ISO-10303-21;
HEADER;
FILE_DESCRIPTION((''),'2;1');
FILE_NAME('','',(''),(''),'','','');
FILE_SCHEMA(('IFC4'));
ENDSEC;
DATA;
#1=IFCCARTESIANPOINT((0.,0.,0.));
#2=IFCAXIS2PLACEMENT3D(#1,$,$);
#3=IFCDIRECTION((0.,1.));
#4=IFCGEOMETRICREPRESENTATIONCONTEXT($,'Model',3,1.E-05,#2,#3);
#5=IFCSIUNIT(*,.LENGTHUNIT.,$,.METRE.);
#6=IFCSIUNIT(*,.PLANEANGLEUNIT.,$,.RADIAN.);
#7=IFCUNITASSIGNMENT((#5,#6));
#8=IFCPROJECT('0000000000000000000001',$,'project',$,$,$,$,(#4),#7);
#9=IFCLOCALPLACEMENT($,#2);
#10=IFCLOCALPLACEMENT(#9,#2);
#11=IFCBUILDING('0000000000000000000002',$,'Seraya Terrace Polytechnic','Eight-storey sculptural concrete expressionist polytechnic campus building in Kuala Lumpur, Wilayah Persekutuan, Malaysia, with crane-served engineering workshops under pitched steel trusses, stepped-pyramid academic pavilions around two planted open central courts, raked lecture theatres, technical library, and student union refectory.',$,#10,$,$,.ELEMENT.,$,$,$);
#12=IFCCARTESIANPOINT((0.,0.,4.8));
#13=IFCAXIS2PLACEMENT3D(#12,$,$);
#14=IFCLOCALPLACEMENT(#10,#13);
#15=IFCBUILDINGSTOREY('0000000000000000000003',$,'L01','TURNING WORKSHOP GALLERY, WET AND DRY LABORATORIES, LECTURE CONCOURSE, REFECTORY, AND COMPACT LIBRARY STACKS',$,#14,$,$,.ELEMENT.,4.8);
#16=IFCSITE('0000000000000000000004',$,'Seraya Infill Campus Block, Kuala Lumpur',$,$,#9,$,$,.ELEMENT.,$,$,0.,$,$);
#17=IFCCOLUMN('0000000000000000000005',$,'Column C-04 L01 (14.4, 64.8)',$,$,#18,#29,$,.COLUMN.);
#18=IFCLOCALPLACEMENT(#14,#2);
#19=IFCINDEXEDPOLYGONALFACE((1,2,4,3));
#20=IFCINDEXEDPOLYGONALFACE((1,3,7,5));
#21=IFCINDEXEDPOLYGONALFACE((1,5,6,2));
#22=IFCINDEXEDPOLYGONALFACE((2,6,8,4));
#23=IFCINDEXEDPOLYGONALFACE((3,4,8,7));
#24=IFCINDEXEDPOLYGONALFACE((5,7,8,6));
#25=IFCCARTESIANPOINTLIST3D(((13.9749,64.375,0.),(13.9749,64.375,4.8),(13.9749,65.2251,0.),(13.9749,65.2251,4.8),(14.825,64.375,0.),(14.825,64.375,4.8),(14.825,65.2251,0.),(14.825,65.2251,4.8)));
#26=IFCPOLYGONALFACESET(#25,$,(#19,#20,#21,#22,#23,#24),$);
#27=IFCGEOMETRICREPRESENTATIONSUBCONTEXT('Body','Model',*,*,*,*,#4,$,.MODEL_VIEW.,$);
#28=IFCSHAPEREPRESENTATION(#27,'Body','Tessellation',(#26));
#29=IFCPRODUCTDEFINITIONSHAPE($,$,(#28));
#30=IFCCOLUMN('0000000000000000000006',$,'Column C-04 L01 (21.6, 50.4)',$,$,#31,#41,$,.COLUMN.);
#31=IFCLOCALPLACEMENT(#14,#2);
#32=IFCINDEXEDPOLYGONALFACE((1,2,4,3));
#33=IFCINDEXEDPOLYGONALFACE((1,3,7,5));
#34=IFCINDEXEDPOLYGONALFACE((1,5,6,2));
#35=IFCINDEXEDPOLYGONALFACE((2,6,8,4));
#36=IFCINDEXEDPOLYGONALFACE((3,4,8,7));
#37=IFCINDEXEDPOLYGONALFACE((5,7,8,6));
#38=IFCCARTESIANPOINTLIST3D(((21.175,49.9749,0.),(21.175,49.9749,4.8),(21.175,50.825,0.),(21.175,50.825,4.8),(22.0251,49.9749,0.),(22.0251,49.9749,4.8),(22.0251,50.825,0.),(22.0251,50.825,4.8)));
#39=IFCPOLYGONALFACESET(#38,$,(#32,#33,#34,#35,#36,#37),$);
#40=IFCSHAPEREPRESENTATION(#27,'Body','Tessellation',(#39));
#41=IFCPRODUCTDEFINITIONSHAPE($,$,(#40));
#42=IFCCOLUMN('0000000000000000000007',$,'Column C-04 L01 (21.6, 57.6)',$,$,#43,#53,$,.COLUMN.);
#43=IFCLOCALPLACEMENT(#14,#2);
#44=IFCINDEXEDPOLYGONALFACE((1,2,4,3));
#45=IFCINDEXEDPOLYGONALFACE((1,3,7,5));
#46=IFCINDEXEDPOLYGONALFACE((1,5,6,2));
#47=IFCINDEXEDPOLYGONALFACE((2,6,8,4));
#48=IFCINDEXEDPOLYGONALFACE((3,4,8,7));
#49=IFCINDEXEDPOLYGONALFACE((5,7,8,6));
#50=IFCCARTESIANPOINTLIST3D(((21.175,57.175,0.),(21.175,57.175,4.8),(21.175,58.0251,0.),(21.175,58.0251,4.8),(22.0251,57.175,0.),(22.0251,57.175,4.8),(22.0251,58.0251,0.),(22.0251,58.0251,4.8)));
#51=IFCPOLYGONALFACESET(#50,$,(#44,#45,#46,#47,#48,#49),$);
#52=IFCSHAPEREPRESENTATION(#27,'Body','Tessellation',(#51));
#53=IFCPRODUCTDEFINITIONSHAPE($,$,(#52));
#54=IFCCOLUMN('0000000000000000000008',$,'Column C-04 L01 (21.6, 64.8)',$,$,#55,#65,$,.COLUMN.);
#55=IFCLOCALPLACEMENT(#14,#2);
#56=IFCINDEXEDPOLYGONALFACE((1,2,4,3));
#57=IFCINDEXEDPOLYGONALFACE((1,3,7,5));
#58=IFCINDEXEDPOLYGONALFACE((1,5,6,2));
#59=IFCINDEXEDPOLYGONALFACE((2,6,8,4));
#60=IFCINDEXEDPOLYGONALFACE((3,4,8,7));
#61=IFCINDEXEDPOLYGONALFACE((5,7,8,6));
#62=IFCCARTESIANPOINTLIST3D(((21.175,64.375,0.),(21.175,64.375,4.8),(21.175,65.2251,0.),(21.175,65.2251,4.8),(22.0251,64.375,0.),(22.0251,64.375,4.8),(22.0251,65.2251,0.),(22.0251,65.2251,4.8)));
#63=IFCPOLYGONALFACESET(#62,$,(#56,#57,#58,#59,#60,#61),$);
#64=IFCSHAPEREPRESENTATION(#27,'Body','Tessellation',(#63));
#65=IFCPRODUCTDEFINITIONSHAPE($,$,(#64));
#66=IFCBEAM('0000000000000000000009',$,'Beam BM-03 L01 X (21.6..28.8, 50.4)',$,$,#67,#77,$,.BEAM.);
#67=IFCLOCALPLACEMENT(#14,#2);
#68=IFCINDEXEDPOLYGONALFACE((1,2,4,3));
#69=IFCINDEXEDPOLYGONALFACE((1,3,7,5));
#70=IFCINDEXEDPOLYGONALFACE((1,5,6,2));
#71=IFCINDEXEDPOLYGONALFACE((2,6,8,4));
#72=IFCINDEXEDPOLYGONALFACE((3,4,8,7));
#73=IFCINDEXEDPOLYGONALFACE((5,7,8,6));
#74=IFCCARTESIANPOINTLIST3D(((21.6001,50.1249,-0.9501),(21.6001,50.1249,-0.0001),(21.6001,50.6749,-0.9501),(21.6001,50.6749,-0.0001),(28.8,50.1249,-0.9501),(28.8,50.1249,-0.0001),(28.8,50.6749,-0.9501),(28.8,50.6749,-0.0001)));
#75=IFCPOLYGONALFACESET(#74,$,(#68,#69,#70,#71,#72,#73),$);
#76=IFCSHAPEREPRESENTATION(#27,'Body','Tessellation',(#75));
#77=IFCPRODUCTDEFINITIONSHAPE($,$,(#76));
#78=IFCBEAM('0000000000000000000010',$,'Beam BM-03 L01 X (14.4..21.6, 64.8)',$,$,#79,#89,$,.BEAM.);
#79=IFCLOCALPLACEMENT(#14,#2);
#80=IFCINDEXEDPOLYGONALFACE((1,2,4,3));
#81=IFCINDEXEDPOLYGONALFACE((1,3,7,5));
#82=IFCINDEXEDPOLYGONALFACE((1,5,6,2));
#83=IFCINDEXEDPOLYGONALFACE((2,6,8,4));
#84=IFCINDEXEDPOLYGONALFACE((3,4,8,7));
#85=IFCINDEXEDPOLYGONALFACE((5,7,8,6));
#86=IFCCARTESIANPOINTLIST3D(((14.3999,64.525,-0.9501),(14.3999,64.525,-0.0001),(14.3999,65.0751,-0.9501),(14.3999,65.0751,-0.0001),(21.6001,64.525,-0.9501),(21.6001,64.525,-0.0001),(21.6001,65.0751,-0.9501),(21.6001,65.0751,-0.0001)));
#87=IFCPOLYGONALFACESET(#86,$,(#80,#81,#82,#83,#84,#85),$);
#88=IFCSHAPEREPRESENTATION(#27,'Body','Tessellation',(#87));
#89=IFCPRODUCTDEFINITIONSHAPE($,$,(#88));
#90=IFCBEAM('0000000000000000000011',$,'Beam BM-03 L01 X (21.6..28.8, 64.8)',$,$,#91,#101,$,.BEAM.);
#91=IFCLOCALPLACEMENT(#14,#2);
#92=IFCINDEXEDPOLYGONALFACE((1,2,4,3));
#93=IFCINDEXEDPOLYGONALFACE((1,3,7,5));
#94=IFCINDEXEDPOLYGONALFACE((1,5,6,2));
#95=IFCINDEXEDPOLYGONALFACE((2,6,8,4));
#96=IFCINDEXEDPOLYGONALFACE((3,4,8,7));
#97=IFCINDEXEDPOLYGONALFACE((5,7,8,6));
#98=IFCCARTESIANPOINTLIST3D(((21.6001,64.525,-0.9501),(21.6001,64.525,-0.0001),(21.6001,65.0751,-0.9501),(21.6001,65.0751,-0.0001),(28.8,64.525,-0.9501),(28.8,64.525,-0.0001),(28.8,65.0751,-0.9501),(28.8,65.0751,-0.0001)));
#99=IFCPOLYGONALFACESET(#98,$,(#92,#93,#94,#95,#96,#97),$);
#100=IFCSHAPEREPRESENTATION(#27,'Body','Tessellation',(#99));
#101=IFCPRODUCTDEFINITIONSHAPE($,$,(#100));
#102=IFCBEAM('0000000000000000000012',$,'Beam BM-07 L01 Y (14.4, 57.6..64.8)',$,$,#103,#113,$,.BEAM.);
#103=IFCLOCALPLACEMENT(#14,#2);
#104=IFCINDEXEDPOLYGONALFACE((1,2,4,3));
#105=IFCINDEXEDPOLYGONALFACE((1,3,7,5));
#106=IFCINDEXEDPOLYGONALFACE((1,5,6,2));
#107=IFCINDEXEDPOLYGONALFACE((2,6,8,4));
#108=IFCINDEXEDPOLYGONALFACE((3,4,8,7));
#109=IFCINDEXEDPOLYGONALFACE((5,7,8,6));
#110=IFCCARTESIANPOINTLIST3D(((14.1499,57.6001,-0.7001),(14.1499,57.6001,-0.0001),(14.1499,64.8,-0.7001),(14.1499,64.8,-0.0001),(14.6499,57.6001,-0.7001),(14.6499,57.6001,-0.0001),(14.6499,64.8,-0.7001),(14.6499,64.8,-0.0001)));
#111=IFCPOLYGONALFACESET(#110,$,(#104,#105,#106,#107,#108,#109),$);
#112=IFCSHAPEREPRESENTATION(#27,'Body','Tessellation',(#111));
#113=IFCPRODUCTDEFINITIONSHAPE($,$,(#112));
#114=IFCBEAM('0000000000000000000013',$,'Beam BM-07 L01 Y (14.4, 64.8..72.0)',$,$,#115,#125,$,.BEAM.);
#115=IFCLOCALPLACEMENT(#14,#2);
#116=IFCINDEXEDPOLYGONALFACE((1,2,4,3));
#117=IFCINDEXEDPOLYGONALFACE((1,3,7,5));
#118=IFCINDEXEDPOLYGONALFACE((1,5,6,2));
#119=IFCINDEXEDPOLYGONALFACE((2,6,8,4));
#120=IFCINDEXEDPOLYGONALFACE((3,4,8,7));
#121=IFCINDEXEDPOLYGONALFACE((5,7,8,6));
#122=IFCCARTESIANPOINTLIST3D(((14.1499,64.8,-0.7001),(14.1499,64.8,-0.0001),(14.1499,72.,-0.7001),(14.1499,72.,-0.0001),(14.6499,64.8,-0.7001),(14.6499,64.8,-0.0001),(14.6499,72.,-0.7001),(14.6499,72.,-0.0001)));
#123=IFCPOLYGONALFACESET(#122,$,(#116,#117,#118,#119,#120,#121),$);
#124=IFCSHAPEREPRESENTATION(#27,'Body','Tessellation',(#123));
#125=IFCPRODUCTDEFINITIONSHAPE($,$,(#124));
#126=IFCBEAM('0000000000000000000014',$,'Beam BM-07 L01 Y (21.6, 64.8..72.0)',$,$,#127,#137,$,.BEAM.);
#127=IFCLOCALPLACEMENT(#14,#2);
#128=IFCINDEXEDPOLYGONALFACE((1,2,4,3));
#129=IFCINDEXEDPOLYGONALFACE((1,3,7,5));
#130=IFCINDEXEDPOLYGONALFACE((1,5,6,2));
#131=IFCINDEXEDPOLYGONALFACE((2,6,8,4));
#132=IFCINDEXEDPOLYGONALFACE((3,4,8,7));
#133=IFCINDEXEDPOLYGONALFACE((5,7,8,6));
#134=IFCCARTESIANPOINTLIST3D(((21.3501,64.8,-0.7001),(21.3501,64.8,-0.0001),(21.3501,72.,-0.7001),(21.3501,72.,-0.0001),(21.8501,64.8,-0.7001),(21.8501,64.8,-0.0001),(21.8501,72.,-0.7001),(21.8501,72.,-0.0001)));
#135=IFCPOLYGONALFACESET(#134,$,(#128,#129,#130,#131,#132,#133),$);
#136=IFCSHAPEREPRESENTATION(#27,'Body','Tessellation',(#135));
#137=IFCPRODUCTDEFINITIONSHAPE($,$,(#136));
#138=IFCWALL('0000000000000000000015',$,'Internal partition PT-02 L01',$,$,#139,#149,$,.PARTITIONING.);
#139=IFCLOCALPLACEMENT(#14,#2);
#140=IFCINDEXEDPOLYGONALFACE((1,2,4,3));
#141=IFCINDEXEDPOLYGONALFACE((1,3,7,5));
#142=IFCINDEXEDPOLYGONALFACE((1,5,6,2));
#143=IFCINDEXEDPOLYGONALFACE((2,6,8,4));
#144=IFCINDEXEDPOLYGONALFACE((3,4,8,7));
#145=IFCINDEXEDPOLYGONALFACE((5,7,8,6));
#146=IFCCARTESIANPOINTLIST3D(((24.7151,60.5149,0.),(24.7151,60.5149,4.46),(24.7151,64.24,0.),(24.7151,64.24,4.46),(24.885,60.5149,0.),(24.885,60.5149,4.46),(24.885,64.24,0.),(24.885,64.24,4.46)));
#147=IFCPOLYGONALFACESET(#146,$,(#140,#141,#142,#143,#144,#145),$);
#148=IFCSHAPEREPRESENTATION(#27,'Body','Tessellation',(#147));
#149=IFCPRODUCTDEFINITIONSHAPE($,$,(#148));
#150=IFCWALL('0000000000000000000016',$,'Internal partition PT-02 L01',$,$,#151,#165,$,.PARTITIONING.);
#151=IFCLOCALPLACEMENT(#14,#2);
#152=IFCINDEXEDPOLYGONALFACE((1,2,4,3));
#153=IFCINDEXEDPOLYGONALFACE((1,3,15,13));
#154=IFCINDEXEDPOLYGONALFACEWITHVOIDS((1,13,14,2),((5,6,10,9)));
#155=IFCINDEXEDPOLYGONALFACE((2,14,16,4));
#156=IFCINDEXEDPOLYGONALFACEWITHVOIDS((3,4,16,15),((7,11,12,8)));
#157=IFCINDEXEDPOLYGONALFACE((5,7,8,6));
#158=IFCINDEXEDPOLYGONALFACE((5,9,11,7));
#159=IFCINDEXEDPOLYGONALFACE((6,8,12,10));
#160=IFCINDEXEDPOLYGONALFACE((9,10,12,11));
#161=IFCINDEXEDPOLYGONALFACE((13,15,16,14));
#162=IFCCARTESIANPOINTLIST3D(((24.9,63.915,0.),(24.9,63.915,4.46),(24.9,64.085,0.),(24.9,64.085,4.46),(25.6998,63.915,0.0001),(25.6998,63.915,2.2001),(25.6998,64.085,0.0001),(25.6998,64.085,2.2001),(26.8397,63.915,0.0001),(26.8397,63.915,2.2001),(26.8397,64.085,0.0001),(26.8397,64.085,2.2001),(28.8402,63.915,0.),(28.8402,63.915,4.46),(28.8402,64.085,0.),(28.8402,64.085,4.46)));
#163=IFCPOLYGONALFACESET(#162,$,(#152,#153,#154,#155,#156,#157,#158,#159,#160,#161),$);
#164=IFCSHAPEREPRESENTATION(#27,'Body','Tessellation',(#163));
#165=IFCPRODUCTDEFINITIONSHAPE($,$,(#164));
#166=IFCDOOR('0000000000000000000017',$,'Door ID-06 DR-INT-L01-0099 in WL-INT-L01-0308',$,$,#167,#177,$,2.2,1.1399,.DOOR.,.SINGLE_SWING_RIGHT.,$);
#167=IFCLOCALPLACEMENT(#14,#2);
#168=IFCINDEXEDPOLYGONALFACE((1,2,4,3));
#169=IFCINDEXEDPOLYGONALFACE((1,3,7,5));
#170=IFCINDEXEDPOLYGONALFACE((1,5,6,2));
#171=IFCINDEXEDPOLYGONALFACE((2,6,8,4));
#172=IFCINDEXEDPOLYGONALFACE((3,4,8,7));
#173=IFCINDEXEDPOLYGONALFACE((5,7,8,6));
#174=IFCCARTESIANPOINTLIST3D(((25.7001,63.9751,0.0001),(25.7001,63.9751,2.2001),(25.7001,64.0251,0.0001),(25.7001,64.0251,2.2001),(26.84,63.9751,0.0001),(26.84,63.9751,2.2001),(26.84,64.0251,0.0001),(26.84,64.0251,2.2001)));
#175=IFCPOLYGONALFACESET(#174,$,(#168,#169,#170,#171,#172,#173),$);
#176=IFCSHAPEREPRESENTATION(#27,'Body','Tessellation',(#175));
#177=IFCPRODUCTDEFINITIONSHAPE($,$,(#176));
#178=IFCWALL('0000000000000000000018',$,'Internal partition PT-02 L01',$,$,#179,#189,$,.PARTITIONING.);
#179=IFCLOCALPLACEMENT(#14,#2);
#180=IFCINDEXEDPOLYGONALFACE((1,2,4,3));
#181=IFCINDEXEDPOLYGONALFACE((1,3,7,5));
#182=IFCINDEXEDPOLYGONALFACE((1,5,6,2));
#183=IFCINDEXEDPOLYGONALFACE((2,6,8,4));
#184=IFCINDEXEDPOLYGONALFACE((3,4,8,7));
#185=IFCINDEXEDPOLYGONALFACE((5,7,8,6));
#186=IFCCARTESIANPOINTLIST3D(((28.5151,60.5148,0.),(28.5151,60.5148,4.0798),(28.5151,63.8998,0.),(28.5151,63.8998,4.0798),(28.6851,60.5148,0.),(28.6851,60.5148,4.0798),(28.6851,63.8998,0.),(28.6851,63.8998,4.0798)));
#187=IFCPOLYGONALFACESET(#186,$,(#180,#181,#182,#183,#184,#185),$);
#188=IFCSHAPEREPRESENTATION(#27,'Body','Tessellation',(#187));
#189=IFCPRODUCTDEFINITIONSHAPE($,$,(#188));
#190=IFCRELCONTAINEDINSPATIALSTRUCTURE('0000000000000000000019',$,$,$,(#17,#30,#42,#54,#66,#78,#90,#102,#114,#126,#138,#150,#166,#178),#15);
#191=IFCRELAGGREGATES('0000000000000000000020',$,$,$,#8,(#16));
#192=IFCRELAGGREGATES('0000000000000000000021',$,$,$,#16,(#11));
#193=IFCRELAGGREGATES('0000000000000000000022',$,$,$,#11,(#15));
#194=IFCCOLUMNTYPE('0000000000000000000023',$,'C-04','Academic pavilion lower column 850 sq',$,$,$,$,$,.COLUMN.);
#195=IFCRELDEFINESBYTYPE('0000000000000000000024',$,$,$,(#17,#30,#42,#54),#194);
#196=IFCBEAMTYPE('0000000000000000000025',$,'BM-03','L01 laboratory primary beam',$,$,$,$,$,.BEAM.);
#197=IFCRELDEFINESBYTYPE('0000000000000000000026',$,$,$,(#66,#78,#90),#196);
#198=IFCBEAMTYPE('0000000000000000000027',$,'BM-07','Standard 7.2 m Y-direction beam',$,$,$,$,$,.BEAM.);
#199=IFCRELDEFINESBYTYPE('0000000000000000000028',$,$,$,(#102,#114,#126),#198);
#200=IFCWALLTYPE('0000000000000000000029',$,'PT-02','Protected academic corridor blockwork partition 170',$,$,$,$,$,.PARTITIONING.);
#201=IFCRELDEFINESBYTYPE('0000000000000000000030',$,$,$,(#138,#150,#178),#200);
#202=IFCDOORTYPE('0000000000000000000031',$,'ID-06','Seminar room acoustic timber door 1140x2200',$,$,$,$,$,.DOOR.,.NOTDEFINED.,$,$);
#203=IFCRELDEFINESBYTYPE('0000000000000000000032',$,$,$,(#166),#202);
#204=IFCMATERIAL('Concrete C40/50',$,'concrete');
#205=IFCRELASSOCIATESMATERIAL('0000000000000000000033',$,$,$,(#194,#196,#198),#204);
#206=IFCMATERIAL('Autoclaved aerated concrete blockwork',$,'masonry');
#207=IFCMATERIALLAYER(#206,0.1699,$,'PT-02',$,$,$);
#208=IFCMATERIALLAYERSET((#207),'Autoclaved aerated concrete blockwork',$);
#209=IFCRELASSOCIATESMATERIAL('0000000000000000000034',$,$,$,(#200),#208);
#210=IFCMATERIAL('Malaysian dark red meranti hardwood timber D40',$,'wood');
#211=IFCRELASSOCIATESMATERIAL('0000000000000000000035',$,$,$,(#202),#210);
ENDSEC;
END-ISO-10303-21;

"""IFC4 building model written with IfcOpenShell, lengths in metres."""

from ifc_helpers import new_model, si_unit, direction, frame, frame_2d, origin, origin_2d, place, context, subcontext, project, spatial, rectangle, extrude, material, layer, layer_set, material_profile, profile_set, type_object, element, fill, save


model = new_model("IFC4")

# Units and contexts
model_context = context("Model", 3, precision=1e-05, world=origin(), true_north=direction((0.0, 1.0)))
body_context = subcontext(model_context, "Body", "Model", "MODEL_VIEW")
ifc_project = project(units=[si_unit("LENGTHUNIT", "METRE"), si_unit("PLANEANGLEUNIT", "RADIAN")], contexts=[model_context])

# Site, building, storey
site_placement = place(None, origin())
site = spatial("IfcSite", under=ifc_project, at=site_placement, Name="Seraya Infill Campus Block, Kuala Lumpur", CompositionType="ELEMENT", RefElevation=0.0)
building_placement = place(site_placement, origin())
building = spatial("IfcBuilding", under=site, at=building_placement, Name="Seraya Terrace Polytechnic", Description="Eight-storey sculptural concrete expressionist polytechnic campus building in Kuala Lumpur, Wilayah Persekutuan, Malaysia, with crane-served engineering workshops under pitched steel trusses, stepped-pyramid academic pavilions around two planted open central courts, raked lecture theatres, technical library, and student union refectory.", CompositionType="ELEMENT")
storey_placement = place(building_placement, frame((0.0, 0.0, 4.8)))
storey = spatial("IfcBuildingStorey", under=building, at=storey_placement, Name="L01", Description="TURNING WORKSHOP GALLERY, WET AND DRY LABORATORIES, LECTURE CONCOURSE, REFECTORY, AND COMPACT LIBRARY STACKS", CompositionType="ELEMENT", Elevation=4.8)

# Columns
ifc_material_1 = material(Name="Concrete C40/50", Category="concrete")
ifc_material_profile_1 = material_profile(ifc_material_1, rectangle(XDim=0.8501, YDim=0.8501, at=origin_2d()), Name="RC 850x850")
ifc_profile_set_1 = profile_set([ifc_material_profile_1], Name="Concrete C40/50")
column_type = type_object("IfcColumnType", Name="C-04", Description="Academic pavilion lower column 850 sq", PredefinedType="COLUMN", material=ifc_profile_set_1)
for number, where, z_axis, x_axis, name in (
    (1, (14.3999, 64.8, 0.0), (0.0, 0.0, 1.0), (1.0, 0.0, 0.0), "Column C-04 L01 (14.4, 64.8)"),
    (2, (21.6001, 50.3999, 0.0), (0.0, 0.0, 1.0), (1.0, 0.0, 0.0), "Column C-04 L01 (21.6, 50.4)"),
    (3, (21.6001, 57.6001, 0.0), (0.0, 0.0, 1.0), (1.0, 0.0, 0.0), "Column C-04 L01 (21.6, 57.6)"),
    (4, (21.6001, 64.8, 0.0), (0.0, 0.0, 1.0), (1.0, 0.0, 0.0), "Column C-04 L01 (21.6, 64.8)"),
):
    element("IfcColumn", number, at=place(storey_placement, frame(where, z_axis=z_axis, x_axis=x_axis)), inside=storey, type_object=column_type, Name=name, PredefinedType="COLUMN", context=body_context, shape_type="SweptSolid", body=[
        extrude(rectangle(XDim=0.8501, YDim=0.8501, at=origin_2d()), origin(), (0.0, 0.0, 1.0), 4.8),
    ])

# Beams
ifc_material_profile_2 = material_profile(ifc_material_1, rectangle(XDim=0.55, YDim=0.95, at=origin_2d()), Name="RC 550x950")
ifc_profile_set_2 = profile_set([ifc_material_profile_2], Name="Concrete C40/50")
beam_type_1 = type_object("IfcBeamType", Name="BM-03", Description="L01 laboratory primary beam", PredefinedType="BEAM", material=ifc_profile_set_2)
beam_1_placement = place(storey_placement, frame((21.6001, 50.3999, -0.4751), z_axis=(1.0, 0.0, 0.0), x_axis=(0.0, 1.0, 0.0)))
element("IfcBeam", 5, at=beam_1_placement, inside=storey, type_object=beam_type_1, Name="Beam BM-03 L01 X (21.6..28.8, 50.4)", PredefinedType="BEAM", context=body_context, shape_type="SweptSolid", body=[
    extrude(rectangle(XDim=0.55, YDim=0.95, at=origin_2d()), origin(), (0.0, 0.0, 1.0), 7.2),
])
beam_2_placement = place(storey_placement, frame((14.3999, 64.8, -0.4751), z_axis=(1.0, 0.0, 0.0), x_axis=(0.0, 1.0, 0.0)))
element("IfcBeam", 6, at=beam_2_placement, inside=storey, type_object=beam_type_1, Name="Beam BM-03 L01 X (14.4..21.6, 64.8)", PredefinedType="BEAM", context=body_context, shape_type="SweptSolid", body=[
    extrude(rectangle(XDim=0.55, YDim=0.95, at=origin_2d()), origin(), (0.0, 0.0, 1.0), 7.2002),
])
beam_3_placement = place(storey_placement, frame((21.6001, 64.8, -0.4751), z_axis=(1.0, 0.0, 0.0), x_axis=(0.0, 1.0, 0.0)))
element("IfcBeam", 7, at=beam_3_placement, inside=storey, type_object=beam_type_1, Name="Beam BM-03 L01 X (21.6..28.8, 64.8)", PredefinedType="BEAM", context=body_context, shape_type="SweptSolid", body=[
    extrude(rectangle(XDim=0.55, YDim=0.95, at=origin_2d()), origin(), (0.0, 0.0, 1.0), 7.2),
])
ifc_material_profile_3 = material_profile(ifc_material_1, rectangle(XDim=0.5, YDim=0.7, at=origin_2d()), Name="RC 500x700")
ifc_profile_set_3 = profile_set([ifc_material_profile_3], Name="Concrete C40/50")
beam_type_2 = type_object("IfcBeamType", Name="BM-07", Description="Standard 7.2 m Y-direction beam", PredefinedType="BEAM", material=ifc_profile_set_3)
for number, where, z_axis, x_axis, name in (
    (8, (14.3999, 57.6001, -0.3501), (0.0, 1.0, 0.0), (-1.0, 0.0, 0.0), "Beam BM-07 L01 Y (14.4, 57.6..64.8)"),
    (9, (14.3999, 64.8, -0.3501), (0.0, 1.0, 0.0), (-1.0, 0.0, 0.0), "Beam BM-07 L01 Y (14.4, 64.8..72.0)"),
    (10, (21.6001, 64.8, -0.3501), (0.0, 1.0, 0.0), (-1.0, 0.0, 0.0), "Beam BM-07 L01 Y (21.6, 64.8..72.0)"),
):
    element("IfcBeam", number, at=place(storey_placement, frame(where, z_axis=z_axis, x_axis=x_axis)), inside=storey, type_object=beam_type_2, Name=name, PredefinedType="BEAM", context=body_context, shape_type="SweptSolid", body=[
        extrude(rectangle(XDim=0.5, YDim=0.7, at=origin_2d()), origin(), (0.0, 0.0, 1.0), 7.2),
    ])

# Wall
ifc_material_2 = material(Name="Autoclaved aerated concrete blockwork", Category="masonry")
ifc_layer_1 = layer(ifc_material_2, 0.1699, Name="PT-02")
ifc_layer_set_1 = layer_set([ifc_layer_1], Name="Autoclaved aerated concrete blockwork")
wall_type_1 = type_object("IfcWallType", Name="PT-02", Description="Protected academic corridor blockwork partition 170", PredefinedType="PARTITIONING", material=ifc_layer_set_1)
wall_1_placement = place(storey_placement, frame((24.8, 60.5149, 0.0), z_axis=(0.0, 0.0, 1.0), x_axis=(0.0, 1.0, 0.0)))
element("IfcWall", 11, at=wall_1_placement, inside=storey, type_object=wall_type_1, Name="Internal partition PT-02 L01", PredefinedType="PARTITIONING", context=body_context, shape_type="SweptSolid", body=[
    extrude(rectangle(XDim=3.7251, YDim=0.1699, at=frame_2d((1.8625, 0.0))), origin(), (0.0, 0.0, 1.0), 4.46),
])

# Wall, opening, door
wall_2_placement = place(storey_placement, frame((24.8999, 64.0, 0.0), z_axis=(0.0, 0.0, 1.0), x_axis=(1.0, 0.0, 0.0)))
wall_2 = element("IfcWall", 12, at=wall_2_placement, inside=storey, type_object=wall_type_1, Name="Internal partition PT-02 L01", PredefinedType="PARTITIONING", context=body_context, shape_type="SweptSolid", body=[
    extrude(rectangle(XDim=3.9402, YDim=0.1699, at=frame_2d((1.9702, 0.0))), origin(), (0.0, 0.0, 1.0), 4.46),
])
opening_placement = place(wall_2_placement, frame((0.8, 0.0, 0.0)))
opening = element("IfcOpeningElement", 13, at=opening_placement, cuts=wall_2, PredefinedType="OPENING", context=body_context, shape_type="SweptSolid", body=[
    extrude(rectangle(XDim=1.1399, YDim=2.2, at=frame_2d((0.5698, 1.1001))), frame((0.0, 0.0969, 0.0), z_axis=(0.0, -1.0, 0.0), x_axis=(1.0, 0.0, 0.0)), (0.0, 0.0, 1.0), 0.1938),
])
ifc_material_3 = material(Name="Malaysian dark red meranti hardwood timber D40", Category="wood")
door_type = type_object("IfcDoorType", Name="ID-06", Description="Seminar room acoustic timber door 1140x2200", OperationType="NOTDEFINED", PredefinedType="DOOR", material=ifc_material_3)
door_placement = place(opening_placement, frame((1.1399, 0.0, 0.0), z_axis=(0.0, 0.0, 1.0), x_axis=(-1.0, 0.0, 0.0)))
door = element("IfcDoor", 14, at=door_placement, inside=storey, type_object=door_type, Name="Door ID-06 DR-INT-L01-0099 in WL-INT-L01-0308", OperationType="SINGLE_SWING_RIGHT", OverallHeight=2.2, OverallWidth=1.1399, PredefinedType="DOOR", context=body_context, shape_type="SweptSolid", body=[
    extrude(rectangle(XDim=1.1399, YDim=2.2, at=frame_2d((0.5698, 1.1001))), frame((0.0, 0.0249, 0.0), z_axis=(0.0, -1.0, 0.0), x_axis=(1.0, 0.0, 0.0)), (0.0, 0.0, 1.0), 0.05),
])
fill(opening, door)

# Wall
wall_3_placement = place(storey_placement, frame((28.6001, 60.5149, 0.0), z_axis=(0.0, 0.0, 1.0), x_axis=(0.0, 1.0, 0.0)))
element("IfcWall", 15, at=wall_3_placement, inside=storey, type_object=wall_type_1, Name="Internal partition PT-02 L01", PredefinedType="PARTITIONING", context=body_context, shape_type="SweptSolid", body=[
    extrude(rectangle(XDim=3.385, YDim=0.1699, at=frame_2d((1.6924, 0.0))), origin(), (0.0, 0.0, 1.0), 4.0798),
])

save(model, "model.ifc")
